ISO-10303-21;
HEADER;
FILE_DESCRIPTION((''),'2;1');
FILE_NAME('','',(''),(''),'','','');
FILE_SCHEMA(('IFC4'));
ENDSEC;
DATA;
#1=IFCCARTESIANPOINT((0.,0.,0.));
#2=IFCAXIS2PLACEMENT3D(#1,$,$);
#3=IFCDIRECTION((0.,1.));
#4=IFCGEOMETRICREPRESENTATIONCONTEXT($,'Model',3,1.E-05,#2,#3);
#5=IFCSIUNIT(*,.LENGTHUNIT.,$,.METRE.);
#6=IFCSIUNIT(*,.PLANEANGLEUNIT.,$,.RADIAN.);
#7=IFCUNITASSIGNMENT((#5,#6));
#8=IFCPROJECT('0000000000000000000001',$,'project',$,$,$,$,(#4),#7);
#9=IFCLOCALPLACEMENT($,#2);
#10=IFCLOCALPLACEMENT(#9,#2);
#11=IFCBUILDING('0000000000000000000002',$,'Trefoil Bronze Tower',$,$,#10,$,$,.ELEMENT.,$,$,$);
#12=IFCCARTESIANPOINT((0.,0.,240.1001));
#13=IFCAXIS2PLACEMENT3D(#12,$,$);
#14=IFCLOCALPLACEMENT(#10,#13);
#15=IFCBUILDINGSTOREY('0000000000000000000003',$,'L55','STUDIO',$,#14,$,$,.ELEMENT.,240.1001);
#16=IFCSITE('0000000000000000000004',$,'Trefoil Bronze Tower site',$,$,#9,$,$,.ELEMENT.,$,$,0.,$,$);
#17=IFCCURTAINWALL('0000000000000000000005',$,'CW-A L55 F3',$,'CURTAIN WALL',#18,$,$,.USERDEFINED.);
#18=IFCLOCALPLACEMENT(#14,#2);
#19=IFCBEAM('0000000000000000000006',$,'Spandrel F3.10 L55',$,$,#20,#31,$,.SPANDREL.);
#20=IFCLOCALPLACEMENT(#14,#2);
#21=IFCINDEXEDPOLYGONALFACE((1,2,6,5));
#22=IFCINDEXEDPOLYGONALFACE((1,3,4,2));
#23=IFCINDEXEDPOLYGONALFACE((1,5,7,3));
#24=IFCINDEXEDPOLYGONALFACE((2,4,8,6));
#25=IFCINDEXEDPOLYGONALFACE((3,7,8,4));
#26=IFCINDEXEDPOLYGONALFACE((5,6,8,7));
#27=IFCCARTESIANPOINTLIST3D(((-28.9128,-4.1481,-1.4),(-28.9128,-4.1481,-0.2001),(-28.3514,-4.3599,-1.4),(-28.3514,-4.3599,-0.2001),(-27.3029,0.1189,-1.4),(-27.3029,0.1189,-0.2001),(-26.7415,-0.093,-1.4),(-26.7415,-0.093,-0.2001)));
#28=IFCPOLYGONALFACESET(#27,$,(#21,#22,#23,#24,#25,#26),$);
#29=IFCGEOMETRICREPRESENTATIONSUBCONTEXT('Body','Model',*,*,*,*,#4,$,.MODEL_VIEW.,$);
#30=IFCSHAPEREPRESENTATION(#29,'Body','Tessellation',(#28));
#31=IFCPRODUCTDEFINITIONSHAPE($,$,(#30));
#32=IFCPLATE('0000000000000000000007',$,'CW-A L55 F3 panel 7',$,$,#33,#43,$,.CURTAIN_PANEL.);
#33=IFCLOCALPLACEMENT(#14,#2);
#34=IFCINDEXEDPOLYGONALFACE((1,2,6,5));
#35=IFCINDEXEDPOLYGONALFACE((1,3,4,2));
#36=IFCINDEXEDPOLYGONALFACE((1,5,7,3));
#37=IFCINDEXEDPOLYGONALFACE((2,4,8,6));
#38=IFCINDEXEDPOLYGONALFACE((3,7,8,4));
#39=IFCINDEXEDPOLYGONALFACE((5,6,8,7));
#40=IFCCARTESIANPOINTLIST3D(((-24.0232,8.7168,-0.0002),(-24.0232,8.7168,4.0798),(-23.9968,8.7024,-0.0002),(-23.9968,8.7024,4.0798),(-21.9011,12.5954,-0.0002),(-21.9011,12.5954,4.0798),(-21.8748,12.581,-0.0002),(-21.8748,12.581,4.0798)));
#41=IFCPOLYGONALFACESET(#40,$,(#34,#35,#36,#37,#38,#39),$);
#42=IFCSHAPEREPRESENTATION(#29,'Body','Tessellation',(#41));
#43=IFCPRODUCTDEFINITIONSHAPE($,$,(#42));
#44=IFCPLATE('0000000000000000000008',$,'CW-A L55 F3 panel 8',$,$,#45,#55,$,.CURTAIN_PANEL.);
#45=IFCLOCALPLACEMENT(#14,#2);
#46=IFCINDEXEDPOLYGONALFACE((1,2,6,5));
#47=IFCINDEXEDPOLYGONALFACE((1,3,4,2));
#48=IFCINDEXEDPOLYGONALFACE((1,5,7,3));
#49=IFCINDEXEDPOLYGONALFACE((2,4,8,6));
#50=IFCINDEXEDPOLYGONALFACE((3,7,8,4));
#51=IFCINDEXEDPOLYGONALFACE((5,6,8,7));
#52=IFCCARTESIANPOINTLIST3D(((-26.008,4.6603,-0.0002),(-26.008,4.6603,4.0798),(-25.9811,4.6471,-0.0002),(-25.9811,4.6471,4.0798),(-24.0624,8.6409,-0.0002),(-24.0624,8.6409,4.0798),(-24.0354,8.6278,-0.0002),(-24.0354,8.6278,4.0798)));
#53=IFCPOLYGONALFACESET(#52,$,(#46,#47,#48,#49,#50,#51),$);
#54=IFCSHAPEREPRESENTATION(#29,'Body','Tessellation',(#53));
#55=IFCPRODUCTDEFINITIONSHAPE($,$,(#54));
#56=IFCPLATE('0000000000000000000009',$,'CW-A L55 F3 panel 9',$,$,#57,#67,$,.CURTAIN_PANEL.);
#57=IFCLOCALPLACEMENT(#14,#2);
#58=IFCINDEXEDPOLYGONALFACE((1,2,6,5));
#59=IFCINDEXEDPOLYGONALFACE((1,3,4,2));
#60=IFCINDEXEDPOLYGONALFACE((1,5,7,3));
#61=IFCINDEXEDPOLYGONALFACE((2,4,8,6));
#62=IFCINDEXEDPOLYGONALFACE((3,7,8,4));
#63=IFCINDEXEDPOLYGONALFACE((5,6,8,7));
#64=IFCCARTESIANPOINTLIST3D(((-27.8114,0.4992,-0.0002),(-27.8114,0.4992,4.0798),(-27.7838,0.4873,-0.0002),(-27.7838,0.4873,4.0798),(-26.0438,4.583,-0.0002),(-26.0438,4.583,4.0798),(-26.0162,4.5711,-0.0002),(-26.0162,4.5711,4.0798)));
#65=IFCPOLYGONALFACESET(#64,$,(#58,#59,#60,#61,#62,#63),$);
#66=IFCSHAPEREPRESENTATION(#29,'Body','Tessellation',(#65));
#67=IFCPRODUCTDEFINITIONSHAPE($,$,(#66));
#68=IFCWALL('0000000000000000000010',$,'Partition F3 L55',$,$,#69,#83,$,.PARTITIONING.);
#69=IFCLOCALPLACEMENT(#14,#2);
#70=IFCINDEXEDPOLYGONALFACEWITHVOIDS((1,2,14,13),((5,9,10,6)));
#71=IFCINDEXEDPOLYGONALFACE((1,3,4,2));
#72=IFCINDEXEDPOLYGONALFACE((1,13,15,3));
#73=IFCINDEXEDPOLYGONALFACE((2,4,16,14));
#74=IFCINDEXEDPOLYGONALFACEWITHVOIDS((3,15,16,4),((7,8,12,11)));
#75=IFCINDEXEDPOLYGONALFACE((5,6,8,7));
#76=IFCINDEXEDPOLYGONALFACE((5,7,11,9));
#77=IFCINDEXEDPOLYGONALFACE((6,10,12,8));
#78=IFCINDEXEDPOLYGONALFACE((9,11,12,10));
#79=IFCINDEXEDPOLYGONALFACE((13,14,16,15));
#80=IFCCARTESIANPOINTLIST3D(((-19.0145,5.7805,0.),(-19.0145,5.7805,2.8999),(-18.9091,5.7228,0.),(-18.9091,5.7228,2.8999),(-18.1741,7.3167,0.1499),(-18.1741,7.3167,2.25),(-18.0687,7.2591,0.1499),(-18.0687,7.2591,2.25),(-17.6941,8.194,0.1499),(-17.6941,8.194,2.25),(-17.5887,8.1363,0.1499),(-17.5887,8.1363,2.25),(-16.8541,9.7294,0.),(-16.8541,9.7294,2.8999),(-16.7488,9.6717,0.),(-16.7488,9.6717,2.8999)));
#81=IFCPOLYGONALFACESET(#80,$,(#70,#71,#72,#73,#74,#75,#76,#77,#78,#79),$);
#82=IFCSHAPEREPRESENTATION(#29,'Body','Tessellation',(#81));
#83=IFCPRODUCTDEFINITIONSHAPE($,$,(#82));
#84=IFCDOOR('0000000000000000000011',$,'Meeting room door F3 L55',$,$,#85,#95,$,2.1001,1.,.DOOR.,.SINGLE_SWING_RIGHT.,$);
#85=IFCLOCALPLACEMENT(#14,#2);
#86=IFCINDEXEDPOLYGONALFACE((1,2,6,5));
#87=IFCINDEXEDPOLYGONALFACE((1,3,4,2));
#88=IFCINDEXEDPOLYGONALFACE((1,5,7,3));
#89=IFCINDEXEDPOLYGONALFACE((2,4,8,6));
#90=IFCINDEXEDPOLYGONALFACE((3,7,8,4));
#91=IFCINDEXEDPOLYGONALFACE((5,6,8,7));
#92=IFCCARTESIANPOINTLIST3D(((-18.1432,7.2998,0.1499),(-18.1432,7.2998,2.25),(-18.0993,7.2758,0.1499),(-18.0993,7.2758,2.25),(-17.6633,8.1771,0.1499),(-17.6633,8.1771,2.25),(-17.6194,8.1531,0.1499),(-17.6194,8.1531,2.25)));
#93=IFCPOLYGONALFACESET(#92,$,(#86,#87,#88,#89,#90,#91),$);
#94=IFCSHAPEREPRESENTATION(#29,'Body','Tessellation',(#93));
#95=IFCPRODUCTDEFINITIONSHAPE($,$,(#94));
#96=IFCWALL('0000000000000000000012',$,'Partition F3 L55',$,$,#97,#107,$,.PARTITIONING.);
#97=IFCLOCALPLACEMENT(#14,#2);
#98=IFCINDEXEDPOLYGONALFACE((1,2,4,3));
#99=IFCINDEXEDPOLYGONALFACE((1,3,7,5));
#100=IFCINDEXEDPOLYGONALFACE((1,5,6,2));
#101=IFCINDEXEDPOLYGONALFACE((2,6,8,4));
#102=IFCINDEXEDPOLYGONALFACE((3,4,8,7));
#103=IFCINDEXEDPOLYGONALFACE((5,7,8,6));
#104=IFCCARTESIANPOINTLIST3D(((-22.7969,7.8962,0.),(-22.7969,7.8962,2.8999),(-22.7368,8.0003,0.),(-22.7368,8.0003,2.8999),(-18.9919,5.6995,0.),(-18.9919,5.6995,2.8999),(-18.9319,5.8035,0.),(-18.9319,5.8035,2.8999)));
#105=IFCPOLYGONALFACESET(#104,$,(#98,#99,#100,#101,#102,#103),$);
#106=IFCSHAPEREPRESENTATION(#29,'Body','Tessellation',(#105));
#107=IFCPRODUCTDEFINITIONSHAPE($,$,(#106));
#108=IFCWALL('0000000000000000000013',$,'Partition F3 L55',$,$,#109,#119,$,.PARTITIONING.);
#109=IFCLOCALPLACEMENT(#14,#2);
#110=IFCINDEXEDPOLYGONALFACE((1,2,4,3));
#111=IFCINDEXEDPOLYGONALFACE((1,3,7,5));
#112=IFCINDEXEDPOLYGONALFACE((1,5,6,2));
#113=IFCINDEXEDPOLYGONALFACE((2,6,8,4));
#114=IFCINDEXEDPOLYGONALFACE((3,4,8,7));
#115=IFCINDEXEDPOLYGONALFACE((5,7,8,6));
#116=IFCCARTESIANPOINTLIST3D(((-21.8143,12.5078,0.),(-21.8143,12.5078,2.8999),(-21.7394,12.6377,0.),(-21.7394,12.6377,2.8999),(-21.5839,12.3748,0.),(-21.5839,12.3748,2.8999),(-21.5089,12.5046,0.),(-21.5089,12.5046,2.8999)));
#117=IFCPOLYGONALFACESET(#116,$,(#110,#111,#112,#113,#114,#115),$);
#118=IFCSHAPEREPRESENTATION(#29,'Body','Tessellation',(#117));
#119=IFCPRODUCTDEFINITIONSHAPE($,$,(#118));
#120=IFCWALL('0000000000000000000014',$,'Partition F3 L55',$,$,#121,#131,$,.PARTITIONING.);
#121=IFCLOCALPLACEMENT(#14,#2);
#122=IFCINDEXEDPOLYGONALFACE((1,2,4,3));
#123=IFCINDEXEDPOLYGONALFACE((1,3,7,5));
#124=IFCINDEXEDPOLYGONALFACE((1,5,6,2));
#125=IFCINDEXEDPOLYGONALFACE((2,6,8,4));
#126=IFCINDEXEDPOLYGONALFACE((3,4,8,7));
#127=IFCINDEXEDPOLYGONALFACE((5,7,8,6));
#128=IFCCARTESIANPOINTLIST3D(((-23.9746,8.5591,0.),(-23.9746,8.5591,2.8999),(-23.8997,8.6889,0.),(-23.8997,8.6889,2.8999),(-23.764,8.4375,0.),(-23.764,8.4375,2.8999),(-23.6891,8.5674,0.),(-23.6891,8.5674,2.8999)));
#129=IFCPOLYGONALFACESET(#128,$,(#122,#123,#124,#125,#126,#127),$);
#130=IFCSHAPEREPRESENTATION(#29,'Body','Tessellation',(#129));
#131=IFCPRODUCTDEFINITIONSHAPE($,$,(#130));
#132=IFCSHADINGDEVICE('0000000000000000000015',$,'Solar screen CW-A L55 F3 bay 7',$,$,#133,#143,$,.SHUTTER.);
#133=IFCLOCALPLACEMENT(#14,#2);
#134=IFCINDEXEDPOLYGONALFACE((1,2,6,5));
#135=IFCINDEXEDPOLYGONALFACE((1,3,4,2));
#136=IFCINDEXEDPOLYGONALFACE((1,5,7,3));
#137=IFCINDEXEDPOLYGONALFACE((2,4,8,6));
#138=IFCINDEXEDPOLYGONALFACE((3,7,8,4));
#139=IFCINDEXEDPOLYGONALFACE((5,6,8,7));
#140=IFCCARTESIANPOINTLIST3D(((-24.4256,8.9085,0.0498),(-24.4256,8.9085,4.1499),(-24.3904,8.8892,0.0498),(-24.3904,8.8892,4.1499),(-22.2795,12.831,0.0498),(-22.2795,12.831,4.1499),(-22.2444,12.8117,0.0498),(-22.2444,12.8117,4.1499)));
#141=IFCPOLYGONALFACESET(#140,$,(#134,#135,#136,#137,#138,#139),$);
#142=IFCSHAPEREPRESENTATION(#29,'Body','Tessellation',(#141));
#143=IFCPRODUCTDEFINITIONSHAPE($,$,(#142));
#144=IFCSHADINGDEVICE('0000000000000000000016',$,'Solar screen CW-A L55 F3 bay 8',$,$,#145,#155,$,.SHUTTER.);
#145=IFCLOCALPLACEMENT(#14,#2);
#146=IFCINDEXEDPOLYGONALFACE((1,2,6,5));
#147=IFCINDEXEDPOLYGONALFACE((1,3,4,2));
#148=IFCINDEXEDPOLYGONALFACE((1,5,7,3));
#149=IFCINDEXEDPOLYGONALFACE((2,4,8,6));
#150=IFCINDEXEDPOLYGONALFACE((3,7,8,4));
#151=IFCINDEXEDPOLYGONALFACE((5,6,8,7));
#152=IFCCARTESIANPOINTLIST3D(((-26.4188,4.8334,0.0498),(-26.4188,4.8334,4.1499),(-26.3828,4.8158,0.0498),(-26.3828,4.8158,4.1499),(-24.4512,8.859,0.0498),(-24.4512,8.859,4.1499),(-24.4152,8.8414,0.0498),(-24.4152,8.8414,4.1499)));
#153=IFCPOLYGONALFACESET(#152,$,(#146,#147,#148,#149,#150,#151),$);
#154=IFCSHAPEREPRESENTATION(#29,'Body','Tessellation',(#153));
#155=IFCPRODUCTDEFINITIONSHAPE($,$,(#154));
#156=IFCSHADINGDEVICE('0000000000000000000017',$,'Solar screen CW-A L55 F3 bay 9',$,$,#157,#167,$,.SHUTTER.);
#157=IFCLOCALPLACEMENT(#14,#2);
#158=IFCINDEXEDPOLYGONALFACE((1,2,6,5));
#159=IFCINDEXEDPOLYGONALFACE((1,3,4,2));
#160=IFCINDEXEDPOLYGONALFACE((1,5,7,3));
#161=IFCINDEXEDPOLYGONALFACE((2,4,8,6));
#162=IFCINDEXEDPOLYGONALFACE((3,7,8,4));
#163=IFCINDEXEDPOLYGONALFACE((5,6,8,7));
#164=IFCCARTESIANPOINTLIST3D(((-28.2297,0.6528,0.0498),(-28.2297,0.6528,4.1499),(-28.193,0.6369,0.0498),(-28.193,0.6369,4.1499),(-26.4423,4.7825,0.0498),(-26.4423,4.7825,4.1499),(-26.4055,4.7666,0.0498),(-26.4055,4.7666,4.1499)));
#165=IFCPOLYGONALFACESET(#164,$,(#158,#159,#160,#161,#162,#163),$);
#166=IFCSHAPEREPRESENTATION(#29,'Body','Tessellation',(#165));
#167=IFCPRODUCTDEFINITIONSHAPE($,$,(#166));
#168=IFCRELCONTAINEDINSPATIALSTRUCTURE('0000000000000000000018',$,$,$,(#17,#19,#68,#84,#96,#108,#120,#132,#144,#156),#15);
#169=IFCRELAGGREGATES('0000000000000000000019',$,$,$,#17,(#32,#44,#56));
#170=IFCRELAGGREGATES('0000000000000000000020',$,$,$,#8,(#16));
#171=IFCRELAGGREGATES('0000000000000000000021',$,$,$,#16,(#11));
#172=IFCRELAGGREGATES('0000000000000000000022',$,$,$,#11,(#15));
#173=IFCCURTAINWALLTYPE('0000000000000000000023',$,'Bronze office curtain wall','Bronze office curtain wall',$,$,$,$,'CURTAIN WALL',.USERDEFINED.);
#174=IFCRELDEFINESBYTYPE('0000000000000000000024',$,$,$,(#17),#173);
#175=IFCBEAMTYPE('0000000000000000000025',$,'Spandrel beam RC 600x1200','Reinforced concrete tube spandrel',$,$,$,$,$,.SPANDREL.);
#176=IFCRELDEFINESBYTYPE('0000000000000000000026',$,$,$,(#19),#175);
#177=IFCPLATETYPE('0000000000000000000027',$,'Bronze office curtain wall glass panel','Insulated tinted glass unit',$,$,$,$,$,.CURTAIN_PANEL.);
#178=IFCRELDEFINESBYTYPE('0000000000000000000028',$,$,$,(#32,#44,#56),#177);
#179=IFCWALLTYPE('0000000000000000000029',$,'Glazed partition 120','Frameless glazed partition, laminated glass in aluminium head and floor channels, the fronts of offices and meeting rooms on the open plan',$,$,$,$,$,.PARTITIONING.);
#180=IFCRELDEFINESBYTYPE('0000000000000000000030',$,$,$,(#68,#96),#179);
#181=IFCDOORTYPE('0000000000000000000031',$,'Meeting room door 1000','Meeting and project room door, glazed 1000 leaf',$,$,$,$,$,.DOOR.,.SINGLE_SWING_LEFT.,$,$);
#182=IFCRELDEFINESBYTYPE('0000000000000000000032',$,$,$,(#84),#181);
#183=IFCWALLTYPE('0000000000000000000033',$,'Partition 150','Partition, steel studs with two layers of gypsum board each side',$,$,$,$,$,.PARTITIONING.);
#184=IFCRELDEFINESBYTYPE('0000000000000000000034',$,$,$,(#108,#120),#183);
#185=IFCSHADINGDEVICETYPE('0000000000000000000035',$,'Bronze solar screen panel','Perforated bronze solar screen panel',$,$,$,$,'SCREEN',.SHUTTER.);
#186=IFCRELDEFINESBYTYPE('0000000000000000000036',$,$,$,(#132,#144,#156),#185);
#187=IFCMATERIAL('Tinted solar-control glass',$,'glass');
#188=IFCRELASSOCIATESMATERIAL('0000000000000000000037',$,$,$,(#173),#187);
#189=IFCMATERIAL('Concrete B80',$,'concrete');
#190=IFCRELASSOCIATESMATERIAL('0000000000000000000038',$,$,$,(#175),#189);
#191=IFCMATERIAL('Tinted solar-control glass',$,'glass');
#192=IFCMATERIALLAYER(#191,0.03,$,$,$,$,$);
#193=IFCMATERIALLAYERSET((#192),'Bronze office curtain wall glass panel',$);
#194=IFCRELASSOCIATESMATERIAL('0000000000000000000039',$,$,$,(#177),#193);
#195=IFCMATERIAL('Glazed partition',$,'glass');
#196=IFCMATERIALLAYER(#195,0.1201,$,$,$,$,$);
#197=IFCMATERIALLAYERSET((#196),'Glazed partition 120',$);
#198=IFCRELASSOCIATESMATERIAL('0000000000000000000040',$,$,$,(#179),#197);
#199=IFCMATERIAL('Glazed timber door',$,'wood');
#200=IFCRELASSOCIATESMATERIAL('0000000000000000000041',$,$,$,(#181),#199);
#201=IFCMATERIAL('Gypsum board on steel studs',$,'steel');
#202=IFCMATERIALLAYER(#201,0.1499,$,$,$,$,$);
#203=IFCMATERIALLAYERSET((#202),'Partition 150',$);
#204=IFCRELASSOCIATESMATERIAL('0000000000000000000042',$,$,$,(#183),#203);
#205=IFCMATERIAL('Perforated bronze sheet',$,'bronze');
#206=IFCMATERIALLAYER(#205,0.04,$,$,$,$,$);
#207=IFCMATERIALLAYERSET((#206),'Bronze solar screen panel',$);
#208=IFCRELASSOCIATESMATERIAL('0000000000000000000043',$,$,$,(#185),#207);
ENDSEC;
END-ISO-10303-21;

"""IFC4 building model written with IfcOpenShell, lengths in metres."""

from ifc_helpers import new_model, si_unit, direction, frame, frame_2d, origin, origin_2d, place, context, subcontext, project, spatial, rectangle, extrude, material, layer, layer_set, material_profile, profile_set, type_object, element, fill, aggregate, save


model = new_model("IFC4")

# Units and contexts
model_context = context("Model", 3, precision=1e-05, world=origin(), true_north=direction((0.0, 1.0)))
body_context = subcontext(model_context, "Body", "Model", "MODEL_VIEW")
ifc_project = project(units=[si_unit("LENGTHUNIT", "METRE"), si_unit("PLANEANGLEUNIT", "RADIAN")], contexts=[model_context])

# Site, building, storey
site_placement = place(None, origin())
site = spatial("IfcSite", under=ifc_project, at=site_placement, Name="Trefoil Bronze Tower site", CompositionType="ELEMENT", RefElevation=0.0)
building_placement = place(site_placement, origin())
building = spatial("IfcBuilding", under=site, at=building_placement, Name="Trefoil Bronze Tower", CompositionType="ELEMENT")
storey_placement = place(building_placement, frame((0.0, 0.0, 240.1001)))
storey = spatial("IfcBuildingStorey", under=building, at=storey_placement, Name="L55", Description="STUDIO", CompositionType="ELEMENT", Elevation=240.1001)

# Curtain wall
ifc_material_1 = material(Name="Tinted solar-control glass", Category="glass")
curtain_wall_type = type_object("IfcCurtainWallType", Name="Bronze office curtain wall", Description="Bronze office curtain wall", ElementType="CURTAIN WALL", PredefinedType="USERDEFINED", material=ifc_material_1)
curtain_wall_placement = place(storey_placement, origin())
curtain_wall = element("IfcCurtainWall", 1, at=curtain_wall_placement, inside=storey, type_object=curtain_wall_type, Name="CW-A L55 F3", ObjectType="CURTAIN WALL", PredefinedType="USERDEFINED")

# Beam
ifc_material_2 = material(Name="Concrete B80", Category="concrete")
ifc_material_profile_1 = material_profile(ifc_material_2, rectangle(XDim=0.6001, YDim=1.2, at=origin_2d()), Name="RC 600x1200")
ifc_profile_set_1 = profile_set([ifc_material_profile_1], Name="Concrete B80")
beam_type_1 = type_object("IfcBeamType", Name="Spandrel beam RC 600x1200", Description="Reinforced concrete tube spandrel", PredefinedType="SPANDREL", material=ifc_profile_set_1)
beam_1_placement = place(storey_placement, frame((-27.0222, 0.0129, -0.8), z_axis=(-0.353006, -0.935621, 0.0), x_axis=(0.935621, -0.353006, 0.0)))
element("IfcBeam", 2, at=beam_1_placement, inside=storey, type_object=beam_type_1, Name="Spandrel F3.10 L55", PredefinedType="SPANDREL", context=body_context, shape_type="SweptSolid", body=[
    extrude(rectangle(XDim=0.6001, YDim=1.2, at=origin_2d()), origin(), (0.0, 0.0, 1.0), 4.5605),
])

# Plates
ifc_material_3 = material(Name="Tinted solar-control glass", Category="glass")
ifc_layer_1 = layer(ifc_material_3, 0.03)
ifc_layer_set_1 = layer_set([ifc_layer_1], Name="Bronze office curtain wall glass panel")
plate_type = type_object("IfcPlateType", Name="Bronze office curtain wall glass panel", Description="Insulated tinted glass unit", PredefinedType="CURTAIN_PANEL", material=ifc_layer_set_1)
plate_1_placement = place(storey_placement, frame((-22.949, 10.6489, -0.0002), z_axis=(0.0, 0.0, 1.0), x_axis=(-0.479974, -0.877283, 0.0)))
plate_1 = element("IfcPlate", 3, at=plate_1_placement, type_object=plate_type, Name="CW-A L55 F3 panel 7", PredefinedType="CURTAIN_PANEL", context=body_context, shape_type="SweptSolid", body=[
    extrude(rectangle(XDim=4.4211, YDim=0.03, at=origin_2d()), origin(), (0.0, 0.0, 1.0), 4.0801),
])
plate_2_placement = place(storey_placement, frame((-25.0217, 6.644, -0.0002), z_axis=(0.0, 0.0, 1.0), x_axis=(-0.439129, -0.898424, 0.0)))
plate_2 = element("IfcPlate", 4, at=plate_2_placement, type_object=plate_type, Name="CW-A L55 F3 panel 8", PredefinedType="CURTAIN_PANEL", context=body_context, shape_type="SweptSolid", body=[
    extrude(rectangle(XDim=4.4307, YDim=0.03, at=origin_2d()), origin(), (0.0, 0.0, 1.0), 4.0801),
])
plate_3_placement = place(storey_placement, frame((-26.9138, 2.5352, -0.0002), z_axis=(0.0, 0.0, 1.0), x_axis=(-0.39722, -0.917723, 0.0)))
plate_3 = element("IfcPlate", 5, at=plate_3_placement, type_object=plate_type, Name="CW-A L55 F3 panel 9", PredefinedType="CURTAIN_PANEL", context=body_context, shape_type="SweptSolid", body=[
    extrude(rectangle(XDim=4.45, YDim=0.03, at=origin_2d()), origin(), (0.0, 0.0, 1.0), 4.0801),
])
aggregate(curtain_wall, [plate_1, plate_2, plate_3])

# Wall, opening, door
ifc_material_4 = material(Name="Glazed partition", Category="glass")
ifc_layer_2 = layer(ifc_material_4, 0.1201)
ifc_layer_set_2 = layer_set([ifc_layer_2], Name="Glazed partition 120")
wall_type_1 = type_object("IfcWallType", Name="Glazed partition 120", Description="Frameless glazed partition, laminated glass in aluminium head and floor channels, the fronts of offices and meeting rooms on the open plan", PredefinedType="PARTITIONING", material=ifc_layer_set_2)
wall_1_placement = place(storey_placement, frame((-16.8015, 9.7004, 0.0), z_axis=(0.0, 0.0, 1.0), x_axis=(-0.47995, -0.877296, 0.0)))
wall_1 = element("IfcWall", 6, at=wall_1_placement, inside=storey, type_object=wall_type_1, Name="Partition F3 L55", PredefinedType="PARTITIONING", context=body_context, shape_type="SweptSolid", body=[
    extrude(rectangle(XDim=4.5012, YDim=0.1201, at=frame_2d((2.2505, 0.0))), origin(), (0.0, 0.0, 1.0), 2.8999),
])
opening_placement = place(wall_1_placement, frame((1.75, 0.0, 0.1499)))
opening = element("IfcOpeningElement", 7, at=opening_placement, cuts=wall_1, PredefinedType="OPENING", context=body_context, shape_type="SweptSolid", body=[
    extrude(rectangle(XDim=1.0, YDim=2.1001, at=frame_2d((0.5, 1.05))), frame((0.0, 0.0701, 0.0), z_axis=(0.0, -1.0, 0.0), x_axis=(1.0, 0.0, 0.0)), (0.0, 0.0, 1.0), 0.1401),
])
ifc_material_5 = material(Name="Glazed timber door", Category="wood")
door_type = type_object("IfcDoorType", Name="Meeting room door 1000", Description="Meeting and project room door, glazed 1000 leaf", OperationType="SINGLE_SWING_LEFT", PredefinedType="DOOR", material=ifc_material_5)
door_placement = place(opening_placement, frame((1.0, 0.0, 0.0), z_axis=(0.0, 0.0, 1.0), x_axis=(-1.0, 0.0, 0.0)))
door = element("IfcDoor", 8, at=door_placement, inside=storey, type_object=door_type, Name="Meeting room door F3 L55", OperationType="SINGLE_SWING_RIGHT", OverallHeight=2.1001, OverallWidth=1.0, PredefinedType="DOOR", context=body_context, shape_type="SweptSolid", body=[
    extrude(rectangle(XDim=1.0, YDim=2.1001, at=frame_2d((0.5, 1.05))), frame((0.0, 0.0249, 0.0), z_axis=(0.0, -1.0, 0.0), x_axis=(1.0, 0.0, 0.0)), (0.0, 0.0, 1.0), 0.05),
])
fill(opening, door)

# Walls
wall_2_placement = place(storey_placement, frame((-18.9619, 5.7515, 0.0), z_axis=(0.0, 0.0, 1.0), x_axis=(-0.866025, 0.5, 0.0)))
element("IfcWall", 9, at=wall_2_placement, inside=storey, type_object=wall_type_1, Name="Partition F3 L55", PredefinedType="PARTITIONING", context=body_context, shape_type="SweptSolid", body=[
    extrude(rectangle(XDim=4.3936, YDim=0.1201, at=frame_2d((2.1968, 0.0))), origin(), (0.0, 0.0, 1.0), 2.8999),
])
ifc_material_6 = material(Name="Gypsum board on steel studs", Category="steel")
ifc_layer_3 = layer(ifc_material_6, 0.1499)
ifc_layer_set_3 = layer_set([ifc_layer_3], Name="Partition 150")
wall_type_2 = type_object("IfcWallType", Name="Partition 150", Description="Partition, steel studs with two layers of gypsum board each side", PredefinedType="PARTITIONING", material=ifc_layer_set_3)
wall_3_placement = place(storey_placement, frame((-21.5464, 12.4397, 0.0), z_axis=(0.0, 0.0, 1.0), x_axis=(-0.866033, 0.499987, 0.0)))
element("IfcWall", 10, at=wall_3_placement, inside=storey, type_object=wall_type_2, Name="Partition F3 L55", PredefinedType="PARTITIONING", context=body_context, shape_type="SweptSolid", body=[
    extrude(rectangle(XDim=0.2661, YDim=0.1499, at=frame_2d((0.1331, 0.0))), origin(), (0.0, 0.0, 1.0), 2.8999),
])
wall_4_placement = place(storey_placement, frame((-23.7266, 8.5024, 0.0), z_axis=(0.0, 0.0, 1.0), x_axis=(-0.866135, 0.499809, 0.0)))
element("IfcWall", 11, at=wall_4_placement, inside=storey, type_object=wall_type_2, Name="Partition F3 L55", PredefinedType="PARTITIONING", context=body_context, shape_type="SweptSolid", body=[
    extrude(rectangle(XDim=0.2432, YDim=0.1499, at=frame_2d((0.1216, 0.0))), origin(), (0.0, 0.0, 1.0), 2.8999),
])

# Shading devices
ifc_material_7 = material(Name="Perforated bronze sheet", Category="bronze")
ifc_layer_4 = layer(ifc_material_7, 0.04)
ifc_layer_set_4 = layer_set([ifc_layer_4], Name="Bronze solar screen panel")
shading_device_type = type_object("IfcShadingDeviceType", Name="Bronze solar screen panel", Description="Perforated bronze solar screen panel", ElementType="SCREEN", PredefinedType="SHUTTER", material=ifc_layer_set_4)
shading_device_1_placement = place(storey_placement, frame((-23.335, 10.8601, 0.0498), z_axis=(0.0, 0.0, 1.0), x_axis=(-0.479974, -0.877283, 0.0)))
element("IfcShadingDevice", 12, at=shading_device_1_placement, inside=storey, type_object=shading_device_type, Name="Solar screen CW-A L55 F3 bay 7", PredefinedType="SHUTTER", context=body_context, shape_type="SweptSolid", body=[
    extrude(rectangle(XDim=4.4712, YDim=0.04, at=origin_2d()), origin(), (0.0, 0.0, 1.0), 4.1001),
])
shading_device_2_placement = place(storey_placement, frame((-25.417, 6.8374, 0.0498), z_axis=(0.0, 0.0, 1.0), x_axis=(-0.439129, -0.898424, 0.0)))
element("IfcShadingDevice", 13, at=shading_device_2_placement, inside=storey, type_object=shading_device_type, Name="Solar screen CW-A L55 F3 bay 8", PredefinedType="SHUTTER", context=body_context, shape_type="SweptSolid", body=[
    extrude(rectangle(XDim=4.4807, YDim=0.04, at=origin_2d()), origin(), (0.0, 0.0, 1.0), 4.1001),
])
shading_device_3_placement = place(storey_placement, frame((-27.3176, 2.7097, 0.0498), z_axis=(0.0, 0.0, 1.0), x_axis=(-0.39722, -0.917723, 0.0)))
element("IfcShadingDevice", 14, at=shading_device_3_placement, inside=storey, type_object=shading_device_type, Name="Solar screen CW-A L55 F3 bay 9", PredefinedType="SHUTTER", context=body_context, shape_type="SweptSolid", body=[
    extrude(rectangle(XDim=4.5, YDim=0.04, at=origin_2d()), origin(), (0.0, 0.0, 1.0), 4.1001),
])

save(model, "model.ifc")
